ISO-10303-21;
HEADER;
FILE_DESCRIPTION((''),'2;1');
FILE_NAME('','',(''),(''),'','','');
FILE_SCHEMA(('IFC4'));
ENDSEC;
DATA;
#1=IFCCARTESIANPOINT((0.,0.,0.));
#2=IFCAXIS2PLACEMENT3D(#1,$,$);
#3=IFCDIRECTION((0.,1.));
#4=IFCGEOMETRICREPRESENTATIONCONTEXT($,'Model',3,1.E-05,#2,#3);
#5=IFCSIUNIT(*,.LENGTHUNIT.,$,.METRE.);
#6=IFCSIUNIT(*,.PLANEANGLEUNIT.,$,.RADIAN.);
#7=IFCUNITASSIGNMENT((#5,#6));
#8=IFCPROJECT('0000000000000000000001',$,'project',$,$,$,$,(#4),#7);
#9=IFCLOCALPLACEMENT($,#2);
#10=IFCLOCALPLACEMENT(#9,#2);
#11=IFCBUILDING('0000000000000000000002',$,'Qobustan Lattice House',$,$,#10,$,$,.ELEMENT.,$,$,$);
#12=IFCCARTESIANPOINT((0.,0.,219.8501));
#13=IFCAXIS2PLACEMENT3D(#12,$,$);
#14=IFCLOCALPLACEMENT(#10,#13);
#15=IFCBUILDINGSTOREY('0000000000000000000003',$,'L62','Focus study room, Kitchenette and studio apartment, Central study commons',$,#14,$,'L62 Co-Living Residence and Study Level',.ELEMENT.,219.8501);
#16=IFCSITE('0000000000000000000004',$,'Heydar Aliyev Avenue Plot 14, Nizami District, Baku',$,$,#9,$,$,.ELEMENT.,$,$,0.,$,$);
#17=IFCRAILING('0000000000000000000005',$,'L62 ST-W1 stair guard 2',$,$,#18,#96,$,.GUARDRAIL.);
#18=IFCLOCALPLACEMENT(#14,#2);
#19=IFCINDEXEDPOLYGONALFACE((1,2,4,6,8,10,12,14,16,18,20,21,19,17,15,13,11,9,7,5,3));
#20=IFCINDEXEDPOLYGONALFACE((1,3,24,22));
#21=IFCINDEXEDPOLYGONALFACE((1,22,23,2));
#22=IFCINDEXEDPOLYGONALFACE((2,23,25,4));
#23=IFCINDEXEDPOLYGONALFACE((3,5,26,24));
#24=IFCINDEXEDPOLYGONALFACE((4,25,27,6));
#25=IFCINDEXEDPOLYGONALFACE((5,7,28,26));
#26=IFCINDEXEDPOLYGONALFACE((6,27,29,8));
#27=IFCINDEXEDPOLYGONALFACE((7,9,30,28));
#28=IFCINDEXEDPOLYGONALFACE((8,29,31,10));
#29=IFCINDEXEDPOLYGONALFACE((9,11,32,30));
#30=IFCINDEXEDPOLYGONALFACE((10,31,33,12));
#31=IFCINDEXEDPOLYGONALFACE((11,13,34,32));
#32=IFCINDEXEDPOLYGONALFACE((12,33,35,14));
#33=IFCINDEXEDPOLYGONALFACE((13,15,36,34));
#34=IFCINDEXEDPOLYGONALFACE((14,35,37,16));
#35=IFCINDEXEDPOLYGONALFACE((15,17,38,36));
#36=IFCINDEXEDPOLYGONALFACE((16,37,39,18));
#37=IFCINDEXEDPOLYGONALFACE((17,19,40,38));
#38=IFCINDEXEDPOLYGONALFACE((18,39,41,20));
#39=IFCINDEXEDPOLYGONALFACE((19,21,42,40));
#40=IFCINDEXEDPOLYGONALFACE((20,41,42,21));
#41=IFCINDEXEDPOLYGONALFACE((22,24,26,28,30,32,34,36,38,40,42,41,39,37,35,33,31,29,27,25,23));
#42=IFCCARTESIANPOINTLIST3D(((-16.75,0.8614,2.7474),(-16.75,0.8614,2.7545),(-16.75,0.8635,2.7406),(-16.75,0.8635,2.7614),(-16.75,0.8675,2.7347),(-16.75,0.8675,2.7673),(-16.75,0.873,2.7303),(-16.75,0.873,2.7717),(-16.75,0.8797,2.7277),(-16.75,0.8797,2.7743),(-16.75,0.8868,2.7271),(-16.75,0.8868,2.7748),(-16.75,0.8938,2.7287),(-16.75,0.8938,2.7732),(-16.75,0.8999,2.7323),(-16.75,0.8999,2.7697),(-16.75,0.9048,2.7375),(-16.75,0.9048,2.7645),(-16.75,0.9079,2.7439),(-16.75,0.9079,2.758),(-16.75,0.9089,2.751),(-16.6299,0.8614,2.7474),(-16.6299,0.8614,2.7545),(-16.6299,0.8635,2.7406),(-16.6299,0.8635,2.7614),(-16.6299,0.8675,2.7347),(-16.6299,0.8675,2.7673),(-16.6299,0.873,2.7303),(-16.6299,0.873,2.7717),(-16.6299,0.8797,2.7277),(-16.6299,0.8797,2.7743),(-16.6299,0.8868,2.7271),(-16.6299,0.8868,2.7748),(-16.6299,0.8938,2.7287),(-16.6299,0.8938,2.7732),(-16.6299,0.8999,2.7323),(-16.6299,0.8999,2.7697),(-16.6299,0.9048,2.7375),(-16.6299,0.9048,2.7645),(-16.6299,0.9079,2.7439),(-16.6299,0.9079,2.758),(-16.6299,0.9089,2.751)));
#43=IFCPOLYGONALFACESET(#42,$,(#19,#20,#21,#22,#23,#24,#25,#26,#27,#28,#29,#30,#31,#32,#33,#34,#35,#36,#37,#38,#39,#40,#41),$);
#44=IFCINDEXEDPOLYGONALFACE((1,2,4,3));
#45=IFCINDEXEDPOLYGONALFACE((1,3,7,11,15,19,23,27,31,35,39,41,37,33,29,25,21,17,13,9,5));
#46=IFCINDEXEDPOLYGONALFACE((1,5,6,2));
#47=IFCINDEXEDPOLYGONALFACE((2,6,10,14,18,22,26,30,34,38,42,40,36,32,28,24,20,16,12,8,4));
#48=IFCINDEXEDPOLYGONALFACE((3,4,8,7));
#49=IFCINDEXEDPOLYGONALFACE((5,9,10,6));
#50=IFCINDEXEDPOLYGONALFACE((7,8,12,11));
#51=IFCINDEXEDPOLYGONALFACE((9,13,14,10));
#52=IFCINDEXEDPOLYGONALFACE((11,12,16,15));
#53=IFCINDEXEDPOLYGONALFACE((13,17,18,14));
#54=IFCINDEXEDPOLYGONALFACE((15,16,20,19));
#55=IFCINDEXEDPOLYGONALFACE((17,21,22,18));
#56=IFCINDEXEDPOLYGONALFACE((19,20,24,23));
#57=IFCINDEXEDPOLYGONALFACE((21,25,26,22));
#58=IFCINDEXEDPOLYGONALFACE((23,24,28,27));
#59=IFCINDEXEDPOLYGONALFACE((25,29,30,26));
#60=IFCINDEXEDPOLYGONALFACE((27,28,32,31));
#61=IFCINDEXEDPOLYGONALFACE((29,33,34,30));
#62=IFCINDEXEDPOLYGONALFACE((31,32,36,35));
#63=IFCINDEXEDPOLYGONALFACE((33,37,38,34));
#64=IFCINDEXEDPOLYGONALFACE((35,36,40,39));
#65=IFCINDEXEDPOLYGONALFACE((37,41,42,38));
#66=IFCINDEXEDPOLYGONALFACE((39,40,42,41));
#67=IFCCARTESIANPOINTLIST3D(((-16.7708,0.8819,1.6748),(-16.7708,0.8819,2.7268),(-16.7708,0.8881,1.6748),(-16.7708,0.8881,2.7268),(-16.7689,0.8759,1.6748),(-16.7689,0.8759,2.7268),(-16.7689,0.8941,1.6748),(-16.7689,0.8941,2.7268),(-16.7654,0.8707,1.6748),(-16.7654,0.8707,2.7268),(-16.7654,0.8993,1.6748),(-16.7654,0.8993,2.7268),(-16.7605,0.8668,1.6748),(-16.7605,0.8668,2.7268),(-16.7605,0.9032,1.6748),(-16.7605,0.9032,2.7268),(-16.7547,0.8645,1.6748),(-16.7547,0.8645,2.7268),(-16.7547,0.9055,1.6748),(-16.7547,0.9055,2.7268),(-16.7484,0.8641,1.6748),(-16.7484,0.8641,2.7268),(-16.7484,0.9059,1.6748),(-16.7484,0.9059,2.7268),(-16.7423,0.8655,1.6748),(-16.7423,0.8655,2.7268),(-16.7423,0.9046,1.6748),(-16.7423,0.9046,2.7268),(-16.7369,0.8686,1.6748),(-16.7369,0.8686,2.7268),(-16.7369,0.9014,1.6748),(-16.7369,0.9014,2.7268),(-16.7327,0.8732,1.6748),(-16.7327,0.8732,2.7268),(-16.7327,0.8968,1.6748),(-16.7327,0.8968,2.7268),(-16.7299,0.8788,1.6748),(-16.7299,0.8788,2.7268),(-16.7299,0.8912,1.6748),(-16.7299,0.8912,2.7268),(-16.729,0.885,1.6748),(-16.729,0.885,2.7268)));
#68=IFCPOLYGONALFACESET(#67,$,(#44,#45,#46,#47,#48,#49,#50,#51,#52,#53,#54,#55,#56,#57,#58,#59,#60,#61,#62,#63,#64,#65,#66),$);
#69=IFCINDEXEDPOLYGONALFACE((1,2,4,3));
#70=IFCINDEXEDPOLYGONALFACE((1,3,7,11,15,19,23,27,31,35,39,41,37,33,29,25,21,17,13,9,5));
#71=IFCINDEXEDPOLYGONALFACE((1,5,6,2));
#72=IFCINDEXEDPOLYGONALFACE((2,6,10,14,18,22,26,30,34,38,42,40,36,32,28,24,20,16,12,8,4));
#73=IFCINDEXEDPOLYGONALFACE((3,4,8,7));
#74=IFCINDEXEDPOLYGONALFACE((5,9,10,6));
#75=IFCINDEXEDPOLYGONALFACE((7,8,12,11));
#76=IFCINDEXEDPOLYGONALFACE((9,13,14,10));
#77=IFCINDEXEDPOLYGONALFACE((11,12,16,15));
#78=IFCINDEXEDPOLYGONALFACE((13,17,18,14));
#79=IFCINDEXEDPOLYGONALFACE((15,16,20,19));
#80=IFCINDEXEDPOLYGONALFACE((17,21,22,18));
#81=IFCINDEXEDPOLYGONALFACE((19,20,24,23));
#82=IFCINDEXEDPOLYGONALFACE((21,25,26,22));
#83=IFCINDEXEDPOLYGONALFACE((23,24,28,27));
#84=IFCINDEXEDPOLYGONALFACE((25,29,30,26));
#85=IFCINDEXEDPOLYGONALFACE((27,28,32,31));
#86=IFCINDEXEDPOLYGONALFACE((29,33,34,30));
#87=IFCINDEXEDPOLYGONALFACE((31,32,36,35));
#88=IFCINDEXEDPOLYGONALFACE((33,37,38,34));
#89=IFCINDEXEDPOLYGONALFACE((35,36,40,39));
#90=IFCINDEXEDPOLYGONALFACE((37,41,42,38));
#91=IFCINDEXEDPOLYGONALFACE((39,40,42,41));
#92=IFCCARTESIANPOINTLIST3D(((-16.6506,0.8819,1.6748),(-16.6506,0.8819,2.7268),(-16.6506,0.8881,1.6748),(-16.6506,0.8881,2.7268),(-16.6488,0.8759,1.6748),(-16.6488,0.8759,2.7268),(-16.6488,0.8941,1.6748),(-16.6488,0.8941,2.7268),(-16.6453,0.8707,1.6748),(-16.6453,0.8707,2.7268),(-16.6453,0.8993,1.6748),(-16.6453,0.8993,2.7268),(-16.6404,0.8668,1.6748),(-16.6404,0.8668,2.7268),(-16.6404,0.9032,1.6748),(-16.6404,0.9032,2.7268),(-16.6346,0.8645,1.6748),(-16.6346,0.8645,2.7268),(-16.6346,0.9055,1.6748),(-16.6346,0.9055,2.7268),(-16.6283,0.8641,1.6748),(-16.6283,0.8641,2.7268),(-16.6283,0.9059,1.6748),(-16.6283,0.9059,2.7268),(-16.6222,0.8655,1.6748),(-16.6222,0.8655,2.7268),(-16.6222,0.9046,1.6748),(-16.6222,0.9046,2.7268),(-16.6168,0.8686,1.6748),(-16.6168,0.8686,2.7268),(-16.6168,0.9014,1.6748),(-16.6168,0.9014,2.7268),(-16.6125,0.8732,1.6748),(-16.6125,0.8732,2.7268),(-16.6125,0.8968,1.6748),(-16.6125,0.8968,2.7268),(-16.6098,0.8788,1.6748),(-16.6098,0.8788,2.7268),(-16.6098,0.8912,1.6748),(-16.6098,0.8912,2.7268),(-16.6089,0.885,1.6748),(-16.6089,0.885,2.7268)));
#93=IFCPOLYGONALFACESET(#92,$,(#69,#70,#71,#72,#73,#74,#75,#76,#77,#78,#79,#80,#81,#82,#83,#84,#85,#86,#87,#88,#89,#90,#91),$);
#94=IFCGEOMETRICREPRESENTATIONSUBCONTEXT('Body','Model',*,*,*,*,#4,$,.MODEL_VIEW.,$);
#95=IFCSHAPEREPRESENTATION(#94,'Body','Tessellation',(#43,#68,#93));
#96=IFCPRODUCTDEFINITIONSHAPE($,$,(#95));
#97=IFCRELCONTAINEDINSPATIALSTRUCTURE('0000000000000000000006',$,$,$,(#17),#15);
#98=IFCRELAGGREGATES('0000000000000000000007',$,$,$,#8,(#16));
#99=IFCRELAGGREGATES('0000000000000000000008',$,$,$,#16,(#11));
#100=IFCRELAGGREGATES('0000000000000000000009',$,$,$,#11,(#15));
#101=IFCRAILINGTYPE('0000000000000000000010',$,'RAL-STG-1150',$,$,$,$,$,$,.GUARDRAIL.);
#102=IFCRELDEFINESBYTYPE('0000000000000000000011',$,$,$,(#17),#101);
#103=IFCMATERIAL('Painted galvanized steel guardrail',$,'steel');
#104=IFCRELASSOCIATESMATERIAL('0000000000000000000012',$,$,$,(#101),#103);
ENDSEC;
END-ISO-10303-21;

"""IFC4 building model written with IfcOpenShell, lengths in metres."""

from ifc_helpers import new_model, si_unit, direction, frame, origin, origin_2d, place, context, subcontext, project, spatial, circle, extrude, material, type_object, element, save


model = new_model("IFC4")

# Units and contexts
model_context = context("Model", 3, precision=1e-05, world=origin(), true_north=direction((0.0, 1.0)))
body_context = subcontext(model_context, "Body", "Model", "MODEL_VIEW")
ifc_project = project(units=[si_unit("LENGTHUNIT", "METRE"), si_unit("PLANEANGLEUNIT", "RADIAN")], contexts=[model_context])

# Site, building, storey
site_placement = place(None, origin())
site = spatial("IfcSite", under=ifc_project, at=site_placement, Name="Heydar Aliyev Avenue Plot 14, Nizami District, Baku", CompositionType="ELEMENT", RefElevation=0.0)
building_placement = place(site_placement, origin())
building = spatial("IfcBuilding", under=site, at=building_placement, Name="Qobustan Lattice House", CompositionType="ELEMENT")
storey_placement = place(building_placement, frame((0.0, 0.0, 219.8501)))
storey = spatial("IfcBuildingStorey", under=building, at=storey_placement, Name="L62", Description="Focus study room, Kitchenette and studio apartment, Central study commons", LongName="L62 Co-Living Residence and Study Level", CompositionType="ELEMENT", Elevation=219.8501)

# Railing
ifc_material_1 = material(Name="Painted galvanized steel guardrail", Category="steel")
railing_type_1 = type_object("IfcRailingType", Name="RAL-STG-1150", PredefinedType="GUARDRAIL", material=ifc_material_1)
railing_1_placement = place(storey_placement, frame((-16.75, 0.885, 1.6748)))
element("IfcRailing", 1, at=railing_1_placement, inside=storey, type_object=railing_type_1, Name="L62 ST-W1 stair guard 2", PredefinedType="GUARDRAIL", context=body_context, shape_type="SweptSolid", body=[
    extrude(circle(Radius=0.0239, at=origin_2d()), frame((0.0, 0.0, 1.0762), z_axis=(1.0, 0.0, 0.0), x_axis=(0.0, 1.0, 0.0)), (0.0, 0.0, 1.0), 0.1201),
    extrude(circle(Radius=0.021, at=origin_2d()), origin(), (0.0, 0.0, 1.0), 1.052),
    extrude(circle(Radius=0.021, at=origin_2d()), frame((0.1201, 0.0, 0.0)), (0.0, 0.0, 1.0), 1.052),
])

save(model, "model.ifc")
